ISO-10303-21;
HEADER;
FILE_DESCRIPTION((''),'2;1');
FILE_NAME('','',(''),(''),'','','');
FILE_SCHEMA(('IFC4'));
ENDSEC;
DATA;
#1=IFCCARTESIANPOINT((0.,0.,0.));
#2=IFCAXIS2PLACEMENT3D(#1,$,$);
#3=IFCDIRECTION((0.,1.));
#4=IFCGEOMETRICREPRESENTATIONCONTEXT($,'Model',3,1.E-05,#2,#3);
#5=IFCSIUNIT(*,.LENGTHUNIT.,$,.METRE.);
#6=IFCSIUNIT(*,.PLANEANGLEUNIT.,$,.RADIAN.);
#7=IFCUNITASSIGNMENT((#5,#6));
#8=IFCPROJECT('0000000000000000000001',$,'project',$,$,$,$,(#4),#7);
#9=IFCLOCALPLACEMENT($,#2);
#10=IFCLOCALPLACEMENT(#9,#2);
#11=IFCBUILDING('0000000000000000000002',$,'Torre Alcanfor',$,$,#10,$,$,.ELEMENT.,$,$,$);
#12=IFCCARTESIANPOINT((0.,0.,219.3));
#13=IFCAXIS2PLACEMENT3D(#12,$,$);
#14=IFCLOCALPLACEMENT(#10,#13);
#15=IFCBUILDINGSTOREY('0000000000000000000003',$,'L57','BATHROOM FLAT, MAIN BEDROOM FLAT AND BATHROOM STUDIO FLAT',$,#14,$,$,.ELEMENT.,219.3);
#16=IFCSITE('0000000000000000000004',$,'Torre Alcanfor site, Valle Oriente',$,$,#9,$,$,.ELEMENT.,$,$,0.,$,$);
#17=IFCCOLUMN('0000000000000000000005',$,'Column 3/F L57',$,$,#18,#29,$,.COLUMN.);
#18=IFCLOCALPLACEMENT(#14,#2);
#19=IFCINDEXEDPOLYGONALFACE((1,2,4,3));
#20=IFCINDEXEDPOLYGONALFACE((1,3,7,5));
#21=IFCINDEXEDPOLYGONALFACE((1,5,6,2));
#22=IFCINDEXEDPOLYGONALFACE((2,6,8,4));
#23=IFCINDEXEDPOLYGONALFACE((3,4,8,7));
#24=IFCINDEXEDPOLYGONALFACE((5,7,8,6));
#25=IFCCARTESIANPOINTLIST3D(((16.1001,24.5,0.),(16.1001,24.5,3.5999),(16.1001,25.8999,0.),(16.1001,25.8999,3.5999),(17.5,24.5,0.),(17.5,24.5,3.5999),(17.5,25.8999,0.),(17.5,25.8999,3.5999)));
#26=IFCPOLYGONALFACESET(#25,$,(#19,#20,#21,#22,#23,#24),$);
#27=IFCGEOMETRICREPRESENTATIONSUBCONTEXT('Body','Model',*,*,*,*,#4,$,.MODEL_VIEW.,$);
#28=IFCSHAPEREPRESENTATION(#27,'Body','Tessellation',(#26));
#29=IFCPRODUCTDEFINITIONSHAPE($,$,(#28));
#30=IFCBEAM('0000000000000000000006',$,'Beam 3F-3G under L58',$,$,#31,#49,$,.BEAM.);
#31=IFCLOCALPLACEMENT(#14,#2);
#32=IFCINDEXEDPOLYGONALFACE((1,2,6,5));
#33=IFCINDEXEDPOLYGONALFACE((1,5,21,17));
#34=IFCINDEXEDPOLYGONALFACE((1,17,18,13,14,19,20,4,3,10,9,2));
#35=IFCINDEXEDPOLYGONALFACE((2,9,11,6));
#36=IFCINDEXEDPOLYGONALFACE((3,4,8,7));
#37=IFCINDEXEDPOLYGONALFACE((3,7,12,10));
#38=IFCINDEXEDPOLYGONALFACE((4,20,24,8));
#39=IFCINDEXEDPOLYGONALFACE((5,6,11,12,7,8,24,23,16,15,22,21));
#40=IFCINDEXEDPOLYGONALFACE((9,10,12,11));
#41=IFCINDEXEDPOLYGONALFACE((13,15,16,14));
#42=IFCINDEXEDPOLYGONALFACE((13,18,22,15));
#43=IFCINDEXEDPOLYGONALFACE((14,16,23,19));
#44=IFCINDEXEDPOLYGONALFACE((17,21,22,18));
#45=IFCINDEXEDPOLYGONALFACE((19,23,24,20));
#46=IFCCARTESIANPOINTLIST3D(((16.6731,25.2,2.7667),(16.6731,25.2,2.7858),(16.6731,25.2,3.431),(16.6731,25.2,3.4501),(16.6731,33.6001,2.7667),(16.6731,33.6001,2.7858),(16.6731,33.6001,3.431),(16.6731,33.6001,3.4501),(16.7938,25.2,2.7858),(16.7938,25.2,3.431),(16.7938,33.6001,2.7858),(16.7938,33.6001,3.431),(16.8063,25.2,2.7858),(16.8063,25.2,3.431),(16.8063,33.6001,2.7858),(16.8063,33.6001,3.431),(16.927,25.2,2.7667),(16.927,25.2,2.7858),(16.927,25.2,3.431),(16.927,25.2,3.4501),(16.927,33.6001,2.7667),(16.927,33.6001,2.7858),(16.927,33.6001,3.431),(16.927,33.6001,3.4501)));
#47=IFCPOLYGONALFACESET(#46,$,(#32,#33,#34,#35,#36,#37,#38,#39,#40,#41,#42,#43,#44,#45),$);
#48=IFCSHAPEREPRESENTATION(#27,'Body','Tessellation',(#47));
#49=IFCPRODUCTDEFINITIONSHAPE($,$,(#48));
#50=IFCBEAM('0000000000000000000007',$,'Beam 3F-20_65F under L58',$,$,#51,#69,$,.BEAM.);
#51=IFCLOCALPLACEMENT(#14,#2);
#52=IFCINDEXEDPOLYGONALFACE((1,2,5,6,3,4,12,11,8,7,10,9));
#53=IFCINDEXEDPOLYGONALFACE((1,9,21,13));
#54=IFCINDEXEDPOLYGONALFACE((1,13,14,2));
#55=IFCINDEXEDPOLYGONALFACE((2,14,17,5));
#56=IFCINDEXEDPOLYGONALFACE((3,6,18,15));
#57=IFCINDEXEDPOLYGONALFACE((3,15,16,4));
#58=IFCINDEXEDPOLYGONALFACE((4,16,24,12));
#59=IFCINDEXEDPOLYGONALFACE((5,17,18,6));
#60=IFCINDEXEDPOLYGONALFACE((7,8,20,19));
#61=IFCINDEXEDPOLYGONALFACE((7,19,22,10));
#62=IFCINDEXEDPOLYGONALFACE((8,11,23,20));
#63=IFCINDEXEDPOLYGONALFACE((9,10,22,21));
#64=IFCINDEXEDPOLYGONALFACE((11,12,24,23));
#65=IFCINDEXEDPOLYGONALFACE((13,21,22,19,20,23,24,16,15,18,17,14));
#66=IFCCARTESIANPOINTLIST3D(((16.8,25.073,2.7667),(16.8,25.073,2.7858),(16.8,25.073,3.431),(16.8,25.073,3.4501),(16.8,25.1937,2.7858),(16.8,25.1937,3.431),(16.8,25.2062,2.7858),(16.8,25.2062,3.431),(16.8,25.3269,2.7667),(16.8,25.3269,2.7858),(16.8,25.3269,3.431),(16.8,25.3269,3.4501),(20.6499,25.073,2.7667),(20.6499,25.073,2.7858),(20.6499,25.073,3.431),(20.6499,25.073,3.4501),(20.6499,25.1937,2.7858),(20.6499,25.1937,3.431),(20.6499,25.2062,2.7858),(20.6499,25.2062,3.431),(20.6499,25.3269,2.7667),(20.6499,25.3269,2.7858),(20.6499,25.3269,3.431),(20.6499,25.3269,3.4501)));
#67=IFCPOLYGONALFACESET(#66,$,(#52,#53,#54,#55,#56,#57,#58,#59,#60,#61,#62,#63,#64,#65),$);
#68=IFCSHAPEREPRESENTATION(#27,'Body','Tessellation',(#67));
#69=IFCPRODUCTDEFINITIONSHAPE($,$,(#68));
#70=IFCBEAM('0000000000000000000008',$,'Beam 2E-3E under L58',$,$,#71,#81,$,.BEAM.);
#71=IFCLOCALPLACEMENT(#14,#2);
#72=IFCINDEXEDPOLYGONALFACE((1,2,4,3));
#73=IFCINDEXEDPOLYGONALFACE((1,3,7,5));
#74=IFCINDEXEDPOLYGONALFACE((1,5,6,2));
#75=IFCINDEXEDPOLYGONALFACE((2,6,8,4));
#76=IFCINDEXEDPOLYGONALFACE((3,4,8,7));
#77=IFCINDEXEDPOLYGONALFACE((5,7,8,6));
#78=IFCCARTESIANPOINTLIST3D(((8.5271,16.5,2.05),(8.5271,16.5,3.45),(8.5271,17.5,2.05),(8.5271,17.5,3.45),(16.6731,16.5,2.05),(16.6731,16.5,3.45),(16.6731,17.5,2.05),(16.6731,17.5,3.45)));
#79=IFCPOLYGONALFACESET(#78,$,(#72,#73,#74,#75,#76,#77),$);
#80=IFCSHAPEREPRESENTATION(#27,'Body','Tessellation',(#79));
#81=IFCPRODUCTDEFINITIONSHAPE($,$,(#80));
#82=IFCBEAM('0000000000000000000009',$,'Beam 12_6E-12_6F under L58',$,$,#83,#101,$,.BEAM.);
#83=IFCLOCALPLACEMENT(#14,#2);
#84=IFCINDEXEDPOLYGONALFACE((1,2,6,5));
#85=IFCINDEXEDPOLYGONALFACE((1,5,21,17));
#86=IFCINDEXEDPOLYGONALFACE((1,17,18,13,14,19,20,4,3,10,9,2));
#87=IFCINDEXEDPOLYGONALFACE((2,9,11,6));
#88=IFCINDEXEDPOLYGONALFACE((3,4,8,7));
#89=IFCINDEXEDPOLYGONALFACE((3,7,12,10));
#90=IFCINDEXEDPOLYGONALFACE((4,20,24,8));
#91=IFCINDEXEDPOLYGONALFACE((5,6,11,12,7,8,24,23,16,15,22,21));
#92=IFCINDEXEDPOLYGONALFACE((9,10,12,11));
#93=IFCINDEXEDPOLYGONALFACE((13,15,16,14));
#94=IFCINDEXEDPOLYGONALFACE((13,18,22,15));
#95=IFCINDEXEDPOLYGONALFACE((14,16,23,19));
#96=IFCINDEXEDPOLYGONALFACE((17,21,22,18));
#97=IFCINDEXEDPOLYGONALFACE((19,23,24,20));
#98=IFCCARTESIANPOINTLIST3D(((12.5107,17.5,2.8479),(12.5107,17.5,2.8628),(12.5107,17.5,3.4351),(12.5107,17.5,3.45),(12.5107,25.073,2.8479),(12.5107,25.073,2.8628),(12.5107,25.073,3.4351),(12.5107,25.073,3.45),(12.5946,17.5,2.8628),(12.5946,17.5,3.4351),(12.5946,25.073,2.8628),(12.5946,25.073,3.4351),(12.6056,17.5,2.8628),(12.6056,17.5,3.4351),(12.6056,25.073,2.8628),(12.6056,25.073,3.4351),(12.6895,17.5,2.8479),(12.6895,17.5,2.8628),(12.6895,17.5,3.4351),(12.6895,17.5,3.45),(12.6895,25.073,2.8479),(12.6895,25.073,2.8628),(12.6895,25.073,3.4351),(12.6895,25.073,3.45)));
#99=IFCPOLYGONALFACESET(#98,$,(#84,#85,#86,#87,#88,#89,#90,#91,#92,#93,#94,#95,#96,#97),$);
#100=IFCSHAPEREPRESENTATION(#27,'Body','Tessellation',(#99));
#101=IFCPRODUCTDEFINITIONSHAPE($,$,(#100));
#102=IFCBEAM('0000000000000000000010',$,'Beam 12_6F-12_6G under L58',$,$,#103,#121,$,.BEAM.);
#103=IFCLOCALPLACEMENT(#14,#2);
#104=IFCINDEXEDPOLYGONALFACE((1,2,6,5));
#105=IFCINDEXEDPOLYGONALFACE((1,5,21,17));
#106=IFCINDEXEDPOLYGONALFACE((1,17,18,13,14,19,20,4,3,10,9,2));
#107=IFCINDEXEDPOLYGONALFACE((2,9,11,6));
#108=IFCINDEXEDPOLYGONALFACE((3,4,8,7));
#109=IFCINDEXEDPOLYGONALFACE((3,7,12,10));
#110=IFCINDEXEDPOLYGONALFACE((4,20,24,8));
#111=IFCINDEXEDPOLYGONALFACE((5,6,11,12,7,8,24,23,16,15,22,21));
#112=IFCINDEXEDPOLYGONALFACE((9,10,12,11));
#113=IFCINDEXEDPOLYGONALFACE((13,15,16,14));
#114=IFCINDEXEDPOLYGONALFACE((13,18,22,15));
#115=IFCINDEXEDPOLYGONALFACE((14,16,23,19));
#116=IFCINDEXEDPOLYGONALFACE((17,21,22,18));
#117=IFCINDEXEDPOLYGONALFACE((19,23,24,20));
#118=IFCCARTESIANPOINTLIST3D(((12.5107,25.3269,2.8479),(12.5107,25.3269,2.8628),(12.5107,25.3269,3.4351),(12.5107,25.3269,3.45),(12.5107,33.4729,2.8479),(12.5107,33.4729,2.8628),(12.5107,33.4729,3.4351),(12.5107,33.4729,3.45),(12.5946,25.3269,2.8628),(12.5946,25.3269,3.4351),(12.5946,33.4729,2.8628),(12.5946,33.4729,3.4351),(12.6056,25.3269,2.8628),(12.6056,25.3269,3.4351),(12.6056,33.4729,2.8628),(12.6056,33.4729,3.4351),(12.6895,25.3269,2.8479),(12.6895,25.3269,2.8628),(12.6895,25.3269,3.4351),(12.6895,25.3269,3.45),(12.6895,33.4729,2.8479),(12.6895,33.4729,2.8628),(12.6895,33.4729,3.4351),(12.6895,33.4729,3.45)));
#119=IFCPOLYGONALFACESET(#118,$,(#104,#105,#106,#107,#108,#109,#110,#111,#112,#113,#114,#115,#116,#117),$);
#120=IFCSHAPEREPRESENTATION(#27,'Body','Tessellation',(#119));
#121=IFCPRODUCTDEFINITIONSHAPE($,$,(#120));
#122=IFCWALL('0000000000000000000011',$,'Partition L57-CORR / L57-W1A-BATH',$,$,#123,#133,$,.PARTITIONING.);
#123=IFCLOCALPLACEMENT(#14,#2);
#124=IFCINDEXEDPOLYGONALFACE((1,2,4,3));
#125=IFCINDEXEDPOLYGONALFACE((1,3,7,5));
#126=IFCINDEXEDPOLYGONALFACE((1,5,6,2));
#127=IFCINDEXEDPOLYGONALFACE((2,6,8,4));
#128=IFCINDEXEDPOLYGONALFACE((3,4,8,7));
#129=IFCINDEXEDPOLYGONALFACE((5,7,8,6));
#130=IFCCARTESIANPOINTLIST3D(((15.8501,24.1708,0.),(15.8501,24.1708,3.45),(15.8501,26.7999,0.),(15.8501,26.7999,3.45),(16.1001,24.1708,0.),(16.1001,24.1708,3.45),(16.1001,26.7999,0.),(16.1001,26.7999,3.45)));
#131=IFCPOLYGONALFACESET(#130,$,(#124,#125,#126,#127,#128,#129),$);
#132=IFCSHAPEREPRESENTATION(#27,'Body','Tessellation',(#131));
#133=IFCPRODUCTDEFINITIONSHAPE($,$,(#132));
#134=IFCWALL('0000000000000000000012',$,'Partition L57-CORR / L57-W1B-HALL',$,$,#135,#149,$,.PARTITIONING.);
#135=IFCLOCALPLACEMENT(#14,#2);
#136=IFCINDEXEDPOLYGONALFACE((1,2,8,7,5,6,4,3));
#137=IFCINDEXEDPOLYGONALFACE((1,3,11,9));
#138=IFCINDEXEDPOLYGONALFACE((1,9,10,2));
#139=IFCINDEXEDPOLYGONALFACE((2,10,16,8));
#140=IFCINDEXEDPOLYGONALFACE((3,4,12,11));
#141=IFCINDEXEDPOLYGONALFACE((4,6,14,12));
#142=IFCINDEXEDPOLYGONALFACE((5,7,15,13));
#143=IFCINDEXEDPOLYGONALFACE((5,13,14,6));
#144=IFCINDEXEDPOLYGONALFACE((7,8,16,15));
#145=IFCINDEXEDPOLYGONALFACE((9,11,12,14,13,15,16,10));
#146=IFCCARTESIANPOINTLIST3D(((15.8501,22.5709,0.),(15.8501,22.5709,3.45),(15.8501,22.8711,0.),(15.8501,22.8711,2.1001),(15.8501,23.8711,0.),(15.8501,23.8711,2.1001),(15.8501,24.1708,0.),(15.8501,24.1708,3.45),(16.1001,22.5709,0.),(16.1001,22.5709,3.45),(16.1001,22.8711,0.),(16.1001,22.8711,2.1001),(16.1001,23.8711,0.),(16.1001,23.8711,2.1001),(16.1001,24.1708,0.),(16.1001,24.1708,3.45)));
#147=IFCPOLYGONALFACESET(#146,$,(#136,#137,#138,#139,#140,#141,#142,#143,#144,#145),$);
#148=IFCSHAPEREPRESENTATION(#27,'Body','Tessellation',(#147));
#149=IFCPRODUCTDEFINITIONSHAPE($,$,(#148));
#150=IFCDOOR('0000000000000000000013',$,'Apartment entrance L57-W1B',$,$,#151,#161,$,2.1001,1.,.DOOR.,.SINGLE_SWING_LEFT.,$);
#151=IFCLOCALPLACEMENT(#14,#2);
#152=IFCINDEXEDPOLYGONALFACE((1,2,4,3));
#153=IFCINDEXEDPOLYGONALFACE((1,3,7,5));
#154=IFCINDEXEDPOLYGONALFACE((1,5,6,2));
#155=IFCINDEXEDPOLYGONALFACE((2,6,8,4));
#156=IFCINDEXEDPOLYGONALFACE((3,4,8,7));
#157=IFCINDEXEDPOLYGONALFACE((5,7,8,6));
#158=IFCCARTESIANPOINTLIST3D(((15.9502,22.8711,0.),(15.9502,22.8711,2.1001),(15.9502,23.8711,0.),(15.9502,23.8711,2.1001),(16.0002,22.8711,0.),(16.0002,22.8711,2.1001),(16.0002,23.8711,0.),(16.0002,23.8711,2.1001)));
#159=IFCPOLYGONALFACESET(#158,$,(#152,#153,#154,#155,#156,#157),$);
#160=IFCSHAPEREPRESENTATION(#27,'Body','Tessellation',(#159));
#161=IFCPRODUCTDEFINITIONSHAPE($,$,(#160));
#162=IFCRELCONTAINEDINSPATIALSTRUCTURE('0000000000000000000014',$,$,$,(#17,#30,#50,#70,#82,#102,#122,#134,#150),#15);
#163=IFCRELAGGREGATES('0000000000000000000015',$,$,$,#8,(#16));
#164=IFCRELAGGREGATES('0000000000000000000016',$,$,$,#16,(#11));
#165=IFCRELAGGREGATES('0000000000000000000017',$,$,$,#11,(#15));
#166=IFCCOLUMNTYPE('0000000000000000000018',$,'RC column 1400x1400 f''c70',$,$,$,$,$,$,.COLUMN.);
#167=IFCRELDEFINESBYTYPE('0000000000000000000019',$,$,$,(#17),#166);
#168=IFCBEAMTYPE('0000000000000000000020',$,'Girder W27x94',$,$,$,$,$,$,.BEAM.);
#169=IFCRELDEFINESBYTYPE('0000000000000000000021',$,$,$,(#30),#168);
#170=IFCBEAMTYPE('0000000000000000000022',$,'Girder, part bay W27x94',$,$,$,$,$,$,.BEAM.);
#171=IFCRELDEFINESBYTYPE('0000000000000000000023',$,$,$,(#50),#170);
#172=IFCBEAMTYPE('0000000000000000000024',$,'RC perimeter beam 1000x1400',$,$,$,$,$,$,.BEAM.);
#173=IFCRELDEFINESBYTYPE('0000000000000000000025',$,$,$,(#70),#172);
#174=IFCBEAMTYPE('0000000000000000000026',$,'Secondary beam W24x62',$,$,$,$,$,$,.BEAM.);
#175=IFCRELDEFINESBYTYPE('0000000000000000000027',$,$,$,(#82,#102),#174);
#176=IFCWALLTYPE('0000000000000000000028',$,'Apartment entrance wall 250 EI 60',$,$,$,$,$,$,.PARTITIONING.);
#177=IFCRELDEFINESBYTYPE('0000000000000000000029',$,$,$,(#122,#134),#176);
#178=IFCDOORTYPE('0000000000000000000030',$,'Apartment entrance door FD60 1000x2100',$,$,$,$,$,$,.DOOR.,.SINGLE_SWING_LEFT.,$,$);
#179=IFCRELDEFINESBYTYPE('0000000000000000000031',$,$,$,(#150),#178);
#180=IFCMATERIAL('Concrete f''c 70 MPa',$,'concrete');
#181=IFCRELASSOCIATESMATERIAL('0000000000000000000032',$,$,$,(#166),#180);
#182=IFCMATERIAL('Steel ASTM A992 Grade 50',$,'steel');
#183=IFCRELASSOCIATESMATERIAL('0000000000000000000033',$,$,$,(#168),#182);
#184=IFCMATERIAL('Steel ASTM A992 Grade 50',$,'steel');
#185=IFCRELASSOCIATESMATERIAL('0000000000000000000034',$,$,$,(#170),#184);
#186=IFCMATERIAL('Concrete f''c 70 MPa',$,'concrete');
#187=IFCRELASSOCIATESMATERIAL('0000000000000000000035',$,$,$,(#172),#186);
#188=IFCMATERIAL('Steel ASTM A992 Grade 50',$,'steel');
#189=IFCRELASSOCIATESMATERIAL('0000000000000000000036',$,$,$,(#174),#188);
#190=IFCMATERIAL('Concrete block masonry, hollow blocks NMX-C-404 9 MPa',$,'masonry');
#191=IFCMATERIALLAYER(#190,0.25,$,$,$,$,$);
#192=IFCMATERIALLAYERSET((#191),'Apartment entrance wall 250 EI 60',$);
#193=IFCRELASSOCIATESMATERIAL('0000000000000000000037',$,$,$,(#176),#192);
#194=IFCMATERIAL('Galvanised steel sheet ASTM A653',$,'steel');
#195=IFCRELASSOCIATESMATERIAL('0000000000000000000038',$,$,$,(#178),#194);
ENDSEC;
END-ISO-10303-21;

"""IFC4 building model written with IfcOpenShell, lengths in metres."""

from ifc_helpers import new_model, si_unit, direction, frame, frame_2d, origin, origin_2d, place, context, subcontext, project, spatial, rectangle, i_section, extrude, material, layer, layer_set, material_profile, profile_set, type_object, element, fill, save


model = new_model("IFC4")

# Units and contexts
model_context = context("Model", 3, precision=1e-05, world=origin(), true_north=direction((0.0, 1.0)))
body_context = subcontext(model_context, "Body", "Model", "MODEL_VIEW")
ifc_project = project(units=[si_unit("LENGTHUNIT", "METRE"), si_unit("PLANEANGLEUNIT", "RADIAN")], contexts=[model_context])

# Site, building, storey
site_placement = place(None, origin())
site = spatial("IfcSite", under=ifc_project, at=site_placement, Name="Torre Alcanfor site, Valle Oriente", CompositionType="ELEMENT", RefElevation=0.0)
building_placement = place(site_placement, origin())
building = spatial("IfcBuilding", under=site, at=building_placement, Name="Torre Alcanfor", CompositionType="ELEMENT")
storey_placement = place(building_placement, frame((0.0, 0.0, 219.3)))
storey = spatial("IfcBuildingStorey", under=building, at=storey_placement, Name="L57", Description="BATHROOM FLAT, MAIN BEDROOM FLAT AND BATHROOM STUDIO FLAT", CompositionType="ELEMENT", Elevation=219.3)

# Column
ifc_material_1 = material(Name="Concrete f'c 70 MPa", Category="concrete")
ifc_material_profile_1 = material_profile(ifc_material_1, rectangle(XDim=1.3999, YDim=1.3999, at=origin_2d()), Name="1400x1400")
ifc_profile_set_1 = profile_set([ifc_material_profile_1], Name="Concrete f'c 70 MPa")
column_type = type_object("IfcColumnType", Name="RC column 1400x1400 f'c70", PredefinedType="COLUMN", material=ifc_profile_set_1)
column_placement = place(storey_placement, frame((16.8, 25.2, 0.0), z_axis=(0.0, 0.0, 1.0), x_axis=(1.0, 0.0, 0.0)))
element("IfcColumn", 1, at=column_placement, inside=storey, type_object=column_type, Name="Column 3/F L57", PredefinedType="COLUMN", context=body_context, shape_type="SweptSolid", body=[
    extrude(rectangle(XDim=1.3999, YDim=1.3999, at=origin_2d()), origin(), (0.0, 0.0, 1.0), 3.5999),
])

# Beams
ifc_material_2 = material(Name="Steel ASTM A992 Grade 50", Category="steel")
ifc_material_profile_2 = material_profile(ifc_material_2, i_section(OverallWidth=0.2539, OverallDepth=0.6833, WebThickness=0.0125, FlangeThickness=0.019, at=origin_2d()), Name="W27x94")
ifc_profile_set_2 = profile_set([ifc_material_profile_2], Name="Steel ASTM A992 Grade 50")
beam_type_1 = type_object("IfcBeamType", Name="Girder W27x94", PredefinedType="BEAM", material=ifc_profile_set_2)
beam_1_placement = place(storey_placement, frame((16.8, 25.2, 3.1084), z_axis=(0.0, 1.0, 0.0), x_axis=(-1.0, 0.0, 0.0)))
element("IfcBeam", 2, at=beam_1_placement, inside=storey, type_object=beam_type_1, Name="Beam 3F-3G under L58", PredefinedType="BEAM", context=body_context, shape_type="SweptSolid", body=[
    extrude(i_section(OverallWidth=0.2539, OverallDepth=0.6833, WebThickness=0.0125, FlangeThickness=0.019, at=origin_2d()), origin(), (0.0, 0.0, 1.0), 8.4001),
])
ifc_material_3 = material(Name="Steel ASTM A992 Grade 50", Category="steel")
ifc_material_profile_3 = material_profile(ifc_material_3, i_section(OverallWidth=0.2539, OverallDepth=0.6833, WebThickness=0.0125, FlangeThickness=0.019, at=origin_2d()), Name="W27x94")
ifc_profile_set_3 = profile_set([ifc_material_profile_3], Name="Steel ASTM A992 Grade 50")
beam_type_2 = type_object("IfcBeamType", Name="Girder, part bay W27x94", PredefinedType="BEAM", material=ifc_profile_set_3)
beam_2_placement = place(storey_placement, frame((16.8, 25.2, 3.1084), z_axis=(1.0, 0.0, 0.0), x_axis=(0.0, 1.0, 0.0)))
element("IfcBeam", 3, at=beam_2_placement, inside=storey, type_object=beam_type_2, Name="Beam 3F-20_65F under L58", PredefinedType="BEAM", context=body_context, shape_type="SweptSolid", body=[
    extrude(i_section(OverallWidth=0.2539, OverallDepth=0.6833, WebThickness=0.0125, FlangeThickness=0.019, at=origin_2d()), origin(), (0.0, 0.0, 1.0), 3.8499),
])
ifc_material_4 = material(Name="Concrete f'c 70 MPa", Category="concrete")
ifc_material_profile_4 = material_profile(ifc_material_4, rectangle(XDim=1.0, YDim=1.3999, at=origin_2d()), Name="1000x1400")
ifc_profile_set_4 = profile_set([ifc_material_profile_4], Name="Concrete f'c 70 MPa")
beam_type_3 = type_object("IfcBeamType", Name="RC perimeter beam 1000x1400", PredefinedType="BEAM", material=ifc_profile_set_4)
beam_3_placement = place(storey_placement, frame((8.5271, 17.0, 2.75), z_axis=(1.0, 0.0, 0.0), x_axis=(0.0, 1.0, 0.0)))
element("IfcBeam", 4, at=beam_3_placement, inside=storey, type_object=beam_type_3, Name="Beam 2E-3E under L58", PredefinedType="BEAM", context=body_context, shape_type="SweptSolid", body=[
    extrude(rectangle(XDim=1.0, YDim=1.3999, at=origin_2d()), origin(), (0.0, 0.0, 1.0), 8.146),
])
ifc_material_5 = material(Name="Steel ASTM A992 Grade 50", Category="steel")
ifc_material_profile_5 = material_profile(ifc_material_5, i_section(OverallWidth=0.1787, OverallDepth=0.6021, WebThickness=0.011, FlangeThickness=0.0149, at=origin_2d()), Name="W24x62")
ifc_profile_set_5 = profile_set([ifc_material_profile_5], Name="Steel ASTM A992 Grade 50")
beam_type_4 = type_object("IfcBeamType", Name="Secondary beam W24x62", PredefinedType="BEAM", material=ifc_profile_set_5)
beam_4_placement = place(storey_placement, frame((12.6001, 17.5, 3.1489), z_axis=(0.0, 1.0, 0.0), x_axis=(-1.0, 0.0, 0.0)))
element("IfcBeam", 5, at=beam_4_placement, inside=storey, type_object=beam_type_4, Name="Beam 12_6E-12_6F under L58", PredefinedType="BEAM", context=body_context, shape_type="SweptSolid", body=[
    extrude(i_section(OverallWidth=0.1787, OverallDepth=0.6021, WebThickness=0.011, FlangeThickness=0.0149, at=origin_2d()), origin(), (0.0, 0.0, 1.0), 7.573),
])
beam_5_placement = place(storey_placement, frame((12.6001, 25.3269, 3.1489), z_axis=(0.0, 1.0, 0.0), x_axis=(-1.0, 0.0, 0.0)))
element("IfcBeam", 6, at=beam_5_placement, inside=storey, type_object=beam_type_4, Name="Beam 12_6F-12_6G under L58", PredefinedType="BEAM", context=body_context, shape_type="SweptSolid", body=[
    extrude(i_section(OverallWidth=0.1787, OverallDepth=0.6021, WebThickness=0.011, FlangeThickness=0.0149, at=origin_2d()), origin(), (0.0, 0.0, 1.0), 8.146),
])

# Wall
ifc_material_6 = material(Name="Concrete block masonry, hollow blocks NMX-C-404 9 MPa", Category="masonry")
ifc_layer_1 = layer(ifc_material_6, 0.25)
ifc_layer_set_1 = layer_set([ifc_layer_1], Name="Apartment entrance wall 250 EI 60")
wall_type_1 = type_object("IfcWallType", Name="Apartment entrance wall 250 EI 60", PredefinedType="PARTITIONING", material=ifc_layer_set_1)
wall_1_placement = place(storey_placement, frame((15.9751, 24.1709, 0.0), z_axis=(0.0, 0.0, 1.0), x_axis=(0.0, 1.0, 0.0)))
element("IfcWall", 7, at=wall_1_placement, inside=storey, type_object=wall_type_1, Name="Partition L57-CORR / L57-W1A-BATH", PredefinedType="PARTITIONING", context=body_context, shape_type="SweptSolid", body=[
    extrude(rectangle(XDim=2.6292, YDim=0.25, at=frame_2d((1.3145, 0.0))), origin(), (0.0, 0.0, 1.0), 3.45),
])

# Wall, opening, door
wall_2_placement = place(storey_placement, frame((15.9751, 22.571, 0.0), z_axis=(0.0, 0.0, 1.0), x_axis=(0.0, 1.0, 0.0)))
wall_2 = element("IfcWall", 8, at=wall_2_placement, inside=storey, type_object=wall_type_1, Name="Partition L57-CORR / L57-W1B-HALL", PredefinedType="PARTITIONING", context=body_context, shape_type="SweptSolid", body=[
    extrude(rectangle(XDim=1.5999, YDim=0.25, at=frame_2d((0.7998, 0.0))), origin(), (0.0, 0.0, 1.0), 3.45),
])
opening_1_placement = place(wall_2_placement, frame((0.3, 0.0, 0.0)))
opening_1 = element("IfcOpeningElement", 9, at=opening_1_placement, cuts=wall_2, PredefinedType="OPENING", context=body_context, shape_type="SweptSolid", body=[
    extrude(rectangle(XDim=1.0, YDim=2.1001, at=frame_2d((0.5, 1.05))), frame((0.0, 0.135, 0.0), z_axis=(0.0, -1.0, 0.0), x_axis=(1.0, 0.0, 0.0)), (0.0, 0.0, 1.0), 0.27),
])
ifc_material_7 = material(Name="Galvanised steel sheet ASTM A653", Category="steel")
door_type_1 = type_object("IfcDoorType", Name="Apartment entrance door FD60 1000x2100", OperationType="SINGLE_SWING_LEFT", PredefinedType="DOOR", material=ifc_material_7)
door_1_placement = place(opening_1_placement, origin())
door_1 = element("IfcDoor", 10, at=door_1_placement, inside=storey, type_object=door_type_1, Name="Apartment entrance L57-W1B", OperationType="SINGLE_SWING_LEFT", OverallHeight=2.1001, OverallWidth=1.0, PredefinedType="DOOR", context=body_context, shape_type="SweptSolid", body=[
    extrude(rectangle(XDim=1.0, YDim=2.1001, at=frame_2d((0.5, 1.05))), frame((0.0, 0.0249, 0.0), z_axis=(0.0, -1.0, 0.0), x_axis=(1.0, 0.0, 0.0)), (0.0, 0.0, 1.0), 0.05),
])
fill(opening_1, door_1)

save(model, "model.ifc")
